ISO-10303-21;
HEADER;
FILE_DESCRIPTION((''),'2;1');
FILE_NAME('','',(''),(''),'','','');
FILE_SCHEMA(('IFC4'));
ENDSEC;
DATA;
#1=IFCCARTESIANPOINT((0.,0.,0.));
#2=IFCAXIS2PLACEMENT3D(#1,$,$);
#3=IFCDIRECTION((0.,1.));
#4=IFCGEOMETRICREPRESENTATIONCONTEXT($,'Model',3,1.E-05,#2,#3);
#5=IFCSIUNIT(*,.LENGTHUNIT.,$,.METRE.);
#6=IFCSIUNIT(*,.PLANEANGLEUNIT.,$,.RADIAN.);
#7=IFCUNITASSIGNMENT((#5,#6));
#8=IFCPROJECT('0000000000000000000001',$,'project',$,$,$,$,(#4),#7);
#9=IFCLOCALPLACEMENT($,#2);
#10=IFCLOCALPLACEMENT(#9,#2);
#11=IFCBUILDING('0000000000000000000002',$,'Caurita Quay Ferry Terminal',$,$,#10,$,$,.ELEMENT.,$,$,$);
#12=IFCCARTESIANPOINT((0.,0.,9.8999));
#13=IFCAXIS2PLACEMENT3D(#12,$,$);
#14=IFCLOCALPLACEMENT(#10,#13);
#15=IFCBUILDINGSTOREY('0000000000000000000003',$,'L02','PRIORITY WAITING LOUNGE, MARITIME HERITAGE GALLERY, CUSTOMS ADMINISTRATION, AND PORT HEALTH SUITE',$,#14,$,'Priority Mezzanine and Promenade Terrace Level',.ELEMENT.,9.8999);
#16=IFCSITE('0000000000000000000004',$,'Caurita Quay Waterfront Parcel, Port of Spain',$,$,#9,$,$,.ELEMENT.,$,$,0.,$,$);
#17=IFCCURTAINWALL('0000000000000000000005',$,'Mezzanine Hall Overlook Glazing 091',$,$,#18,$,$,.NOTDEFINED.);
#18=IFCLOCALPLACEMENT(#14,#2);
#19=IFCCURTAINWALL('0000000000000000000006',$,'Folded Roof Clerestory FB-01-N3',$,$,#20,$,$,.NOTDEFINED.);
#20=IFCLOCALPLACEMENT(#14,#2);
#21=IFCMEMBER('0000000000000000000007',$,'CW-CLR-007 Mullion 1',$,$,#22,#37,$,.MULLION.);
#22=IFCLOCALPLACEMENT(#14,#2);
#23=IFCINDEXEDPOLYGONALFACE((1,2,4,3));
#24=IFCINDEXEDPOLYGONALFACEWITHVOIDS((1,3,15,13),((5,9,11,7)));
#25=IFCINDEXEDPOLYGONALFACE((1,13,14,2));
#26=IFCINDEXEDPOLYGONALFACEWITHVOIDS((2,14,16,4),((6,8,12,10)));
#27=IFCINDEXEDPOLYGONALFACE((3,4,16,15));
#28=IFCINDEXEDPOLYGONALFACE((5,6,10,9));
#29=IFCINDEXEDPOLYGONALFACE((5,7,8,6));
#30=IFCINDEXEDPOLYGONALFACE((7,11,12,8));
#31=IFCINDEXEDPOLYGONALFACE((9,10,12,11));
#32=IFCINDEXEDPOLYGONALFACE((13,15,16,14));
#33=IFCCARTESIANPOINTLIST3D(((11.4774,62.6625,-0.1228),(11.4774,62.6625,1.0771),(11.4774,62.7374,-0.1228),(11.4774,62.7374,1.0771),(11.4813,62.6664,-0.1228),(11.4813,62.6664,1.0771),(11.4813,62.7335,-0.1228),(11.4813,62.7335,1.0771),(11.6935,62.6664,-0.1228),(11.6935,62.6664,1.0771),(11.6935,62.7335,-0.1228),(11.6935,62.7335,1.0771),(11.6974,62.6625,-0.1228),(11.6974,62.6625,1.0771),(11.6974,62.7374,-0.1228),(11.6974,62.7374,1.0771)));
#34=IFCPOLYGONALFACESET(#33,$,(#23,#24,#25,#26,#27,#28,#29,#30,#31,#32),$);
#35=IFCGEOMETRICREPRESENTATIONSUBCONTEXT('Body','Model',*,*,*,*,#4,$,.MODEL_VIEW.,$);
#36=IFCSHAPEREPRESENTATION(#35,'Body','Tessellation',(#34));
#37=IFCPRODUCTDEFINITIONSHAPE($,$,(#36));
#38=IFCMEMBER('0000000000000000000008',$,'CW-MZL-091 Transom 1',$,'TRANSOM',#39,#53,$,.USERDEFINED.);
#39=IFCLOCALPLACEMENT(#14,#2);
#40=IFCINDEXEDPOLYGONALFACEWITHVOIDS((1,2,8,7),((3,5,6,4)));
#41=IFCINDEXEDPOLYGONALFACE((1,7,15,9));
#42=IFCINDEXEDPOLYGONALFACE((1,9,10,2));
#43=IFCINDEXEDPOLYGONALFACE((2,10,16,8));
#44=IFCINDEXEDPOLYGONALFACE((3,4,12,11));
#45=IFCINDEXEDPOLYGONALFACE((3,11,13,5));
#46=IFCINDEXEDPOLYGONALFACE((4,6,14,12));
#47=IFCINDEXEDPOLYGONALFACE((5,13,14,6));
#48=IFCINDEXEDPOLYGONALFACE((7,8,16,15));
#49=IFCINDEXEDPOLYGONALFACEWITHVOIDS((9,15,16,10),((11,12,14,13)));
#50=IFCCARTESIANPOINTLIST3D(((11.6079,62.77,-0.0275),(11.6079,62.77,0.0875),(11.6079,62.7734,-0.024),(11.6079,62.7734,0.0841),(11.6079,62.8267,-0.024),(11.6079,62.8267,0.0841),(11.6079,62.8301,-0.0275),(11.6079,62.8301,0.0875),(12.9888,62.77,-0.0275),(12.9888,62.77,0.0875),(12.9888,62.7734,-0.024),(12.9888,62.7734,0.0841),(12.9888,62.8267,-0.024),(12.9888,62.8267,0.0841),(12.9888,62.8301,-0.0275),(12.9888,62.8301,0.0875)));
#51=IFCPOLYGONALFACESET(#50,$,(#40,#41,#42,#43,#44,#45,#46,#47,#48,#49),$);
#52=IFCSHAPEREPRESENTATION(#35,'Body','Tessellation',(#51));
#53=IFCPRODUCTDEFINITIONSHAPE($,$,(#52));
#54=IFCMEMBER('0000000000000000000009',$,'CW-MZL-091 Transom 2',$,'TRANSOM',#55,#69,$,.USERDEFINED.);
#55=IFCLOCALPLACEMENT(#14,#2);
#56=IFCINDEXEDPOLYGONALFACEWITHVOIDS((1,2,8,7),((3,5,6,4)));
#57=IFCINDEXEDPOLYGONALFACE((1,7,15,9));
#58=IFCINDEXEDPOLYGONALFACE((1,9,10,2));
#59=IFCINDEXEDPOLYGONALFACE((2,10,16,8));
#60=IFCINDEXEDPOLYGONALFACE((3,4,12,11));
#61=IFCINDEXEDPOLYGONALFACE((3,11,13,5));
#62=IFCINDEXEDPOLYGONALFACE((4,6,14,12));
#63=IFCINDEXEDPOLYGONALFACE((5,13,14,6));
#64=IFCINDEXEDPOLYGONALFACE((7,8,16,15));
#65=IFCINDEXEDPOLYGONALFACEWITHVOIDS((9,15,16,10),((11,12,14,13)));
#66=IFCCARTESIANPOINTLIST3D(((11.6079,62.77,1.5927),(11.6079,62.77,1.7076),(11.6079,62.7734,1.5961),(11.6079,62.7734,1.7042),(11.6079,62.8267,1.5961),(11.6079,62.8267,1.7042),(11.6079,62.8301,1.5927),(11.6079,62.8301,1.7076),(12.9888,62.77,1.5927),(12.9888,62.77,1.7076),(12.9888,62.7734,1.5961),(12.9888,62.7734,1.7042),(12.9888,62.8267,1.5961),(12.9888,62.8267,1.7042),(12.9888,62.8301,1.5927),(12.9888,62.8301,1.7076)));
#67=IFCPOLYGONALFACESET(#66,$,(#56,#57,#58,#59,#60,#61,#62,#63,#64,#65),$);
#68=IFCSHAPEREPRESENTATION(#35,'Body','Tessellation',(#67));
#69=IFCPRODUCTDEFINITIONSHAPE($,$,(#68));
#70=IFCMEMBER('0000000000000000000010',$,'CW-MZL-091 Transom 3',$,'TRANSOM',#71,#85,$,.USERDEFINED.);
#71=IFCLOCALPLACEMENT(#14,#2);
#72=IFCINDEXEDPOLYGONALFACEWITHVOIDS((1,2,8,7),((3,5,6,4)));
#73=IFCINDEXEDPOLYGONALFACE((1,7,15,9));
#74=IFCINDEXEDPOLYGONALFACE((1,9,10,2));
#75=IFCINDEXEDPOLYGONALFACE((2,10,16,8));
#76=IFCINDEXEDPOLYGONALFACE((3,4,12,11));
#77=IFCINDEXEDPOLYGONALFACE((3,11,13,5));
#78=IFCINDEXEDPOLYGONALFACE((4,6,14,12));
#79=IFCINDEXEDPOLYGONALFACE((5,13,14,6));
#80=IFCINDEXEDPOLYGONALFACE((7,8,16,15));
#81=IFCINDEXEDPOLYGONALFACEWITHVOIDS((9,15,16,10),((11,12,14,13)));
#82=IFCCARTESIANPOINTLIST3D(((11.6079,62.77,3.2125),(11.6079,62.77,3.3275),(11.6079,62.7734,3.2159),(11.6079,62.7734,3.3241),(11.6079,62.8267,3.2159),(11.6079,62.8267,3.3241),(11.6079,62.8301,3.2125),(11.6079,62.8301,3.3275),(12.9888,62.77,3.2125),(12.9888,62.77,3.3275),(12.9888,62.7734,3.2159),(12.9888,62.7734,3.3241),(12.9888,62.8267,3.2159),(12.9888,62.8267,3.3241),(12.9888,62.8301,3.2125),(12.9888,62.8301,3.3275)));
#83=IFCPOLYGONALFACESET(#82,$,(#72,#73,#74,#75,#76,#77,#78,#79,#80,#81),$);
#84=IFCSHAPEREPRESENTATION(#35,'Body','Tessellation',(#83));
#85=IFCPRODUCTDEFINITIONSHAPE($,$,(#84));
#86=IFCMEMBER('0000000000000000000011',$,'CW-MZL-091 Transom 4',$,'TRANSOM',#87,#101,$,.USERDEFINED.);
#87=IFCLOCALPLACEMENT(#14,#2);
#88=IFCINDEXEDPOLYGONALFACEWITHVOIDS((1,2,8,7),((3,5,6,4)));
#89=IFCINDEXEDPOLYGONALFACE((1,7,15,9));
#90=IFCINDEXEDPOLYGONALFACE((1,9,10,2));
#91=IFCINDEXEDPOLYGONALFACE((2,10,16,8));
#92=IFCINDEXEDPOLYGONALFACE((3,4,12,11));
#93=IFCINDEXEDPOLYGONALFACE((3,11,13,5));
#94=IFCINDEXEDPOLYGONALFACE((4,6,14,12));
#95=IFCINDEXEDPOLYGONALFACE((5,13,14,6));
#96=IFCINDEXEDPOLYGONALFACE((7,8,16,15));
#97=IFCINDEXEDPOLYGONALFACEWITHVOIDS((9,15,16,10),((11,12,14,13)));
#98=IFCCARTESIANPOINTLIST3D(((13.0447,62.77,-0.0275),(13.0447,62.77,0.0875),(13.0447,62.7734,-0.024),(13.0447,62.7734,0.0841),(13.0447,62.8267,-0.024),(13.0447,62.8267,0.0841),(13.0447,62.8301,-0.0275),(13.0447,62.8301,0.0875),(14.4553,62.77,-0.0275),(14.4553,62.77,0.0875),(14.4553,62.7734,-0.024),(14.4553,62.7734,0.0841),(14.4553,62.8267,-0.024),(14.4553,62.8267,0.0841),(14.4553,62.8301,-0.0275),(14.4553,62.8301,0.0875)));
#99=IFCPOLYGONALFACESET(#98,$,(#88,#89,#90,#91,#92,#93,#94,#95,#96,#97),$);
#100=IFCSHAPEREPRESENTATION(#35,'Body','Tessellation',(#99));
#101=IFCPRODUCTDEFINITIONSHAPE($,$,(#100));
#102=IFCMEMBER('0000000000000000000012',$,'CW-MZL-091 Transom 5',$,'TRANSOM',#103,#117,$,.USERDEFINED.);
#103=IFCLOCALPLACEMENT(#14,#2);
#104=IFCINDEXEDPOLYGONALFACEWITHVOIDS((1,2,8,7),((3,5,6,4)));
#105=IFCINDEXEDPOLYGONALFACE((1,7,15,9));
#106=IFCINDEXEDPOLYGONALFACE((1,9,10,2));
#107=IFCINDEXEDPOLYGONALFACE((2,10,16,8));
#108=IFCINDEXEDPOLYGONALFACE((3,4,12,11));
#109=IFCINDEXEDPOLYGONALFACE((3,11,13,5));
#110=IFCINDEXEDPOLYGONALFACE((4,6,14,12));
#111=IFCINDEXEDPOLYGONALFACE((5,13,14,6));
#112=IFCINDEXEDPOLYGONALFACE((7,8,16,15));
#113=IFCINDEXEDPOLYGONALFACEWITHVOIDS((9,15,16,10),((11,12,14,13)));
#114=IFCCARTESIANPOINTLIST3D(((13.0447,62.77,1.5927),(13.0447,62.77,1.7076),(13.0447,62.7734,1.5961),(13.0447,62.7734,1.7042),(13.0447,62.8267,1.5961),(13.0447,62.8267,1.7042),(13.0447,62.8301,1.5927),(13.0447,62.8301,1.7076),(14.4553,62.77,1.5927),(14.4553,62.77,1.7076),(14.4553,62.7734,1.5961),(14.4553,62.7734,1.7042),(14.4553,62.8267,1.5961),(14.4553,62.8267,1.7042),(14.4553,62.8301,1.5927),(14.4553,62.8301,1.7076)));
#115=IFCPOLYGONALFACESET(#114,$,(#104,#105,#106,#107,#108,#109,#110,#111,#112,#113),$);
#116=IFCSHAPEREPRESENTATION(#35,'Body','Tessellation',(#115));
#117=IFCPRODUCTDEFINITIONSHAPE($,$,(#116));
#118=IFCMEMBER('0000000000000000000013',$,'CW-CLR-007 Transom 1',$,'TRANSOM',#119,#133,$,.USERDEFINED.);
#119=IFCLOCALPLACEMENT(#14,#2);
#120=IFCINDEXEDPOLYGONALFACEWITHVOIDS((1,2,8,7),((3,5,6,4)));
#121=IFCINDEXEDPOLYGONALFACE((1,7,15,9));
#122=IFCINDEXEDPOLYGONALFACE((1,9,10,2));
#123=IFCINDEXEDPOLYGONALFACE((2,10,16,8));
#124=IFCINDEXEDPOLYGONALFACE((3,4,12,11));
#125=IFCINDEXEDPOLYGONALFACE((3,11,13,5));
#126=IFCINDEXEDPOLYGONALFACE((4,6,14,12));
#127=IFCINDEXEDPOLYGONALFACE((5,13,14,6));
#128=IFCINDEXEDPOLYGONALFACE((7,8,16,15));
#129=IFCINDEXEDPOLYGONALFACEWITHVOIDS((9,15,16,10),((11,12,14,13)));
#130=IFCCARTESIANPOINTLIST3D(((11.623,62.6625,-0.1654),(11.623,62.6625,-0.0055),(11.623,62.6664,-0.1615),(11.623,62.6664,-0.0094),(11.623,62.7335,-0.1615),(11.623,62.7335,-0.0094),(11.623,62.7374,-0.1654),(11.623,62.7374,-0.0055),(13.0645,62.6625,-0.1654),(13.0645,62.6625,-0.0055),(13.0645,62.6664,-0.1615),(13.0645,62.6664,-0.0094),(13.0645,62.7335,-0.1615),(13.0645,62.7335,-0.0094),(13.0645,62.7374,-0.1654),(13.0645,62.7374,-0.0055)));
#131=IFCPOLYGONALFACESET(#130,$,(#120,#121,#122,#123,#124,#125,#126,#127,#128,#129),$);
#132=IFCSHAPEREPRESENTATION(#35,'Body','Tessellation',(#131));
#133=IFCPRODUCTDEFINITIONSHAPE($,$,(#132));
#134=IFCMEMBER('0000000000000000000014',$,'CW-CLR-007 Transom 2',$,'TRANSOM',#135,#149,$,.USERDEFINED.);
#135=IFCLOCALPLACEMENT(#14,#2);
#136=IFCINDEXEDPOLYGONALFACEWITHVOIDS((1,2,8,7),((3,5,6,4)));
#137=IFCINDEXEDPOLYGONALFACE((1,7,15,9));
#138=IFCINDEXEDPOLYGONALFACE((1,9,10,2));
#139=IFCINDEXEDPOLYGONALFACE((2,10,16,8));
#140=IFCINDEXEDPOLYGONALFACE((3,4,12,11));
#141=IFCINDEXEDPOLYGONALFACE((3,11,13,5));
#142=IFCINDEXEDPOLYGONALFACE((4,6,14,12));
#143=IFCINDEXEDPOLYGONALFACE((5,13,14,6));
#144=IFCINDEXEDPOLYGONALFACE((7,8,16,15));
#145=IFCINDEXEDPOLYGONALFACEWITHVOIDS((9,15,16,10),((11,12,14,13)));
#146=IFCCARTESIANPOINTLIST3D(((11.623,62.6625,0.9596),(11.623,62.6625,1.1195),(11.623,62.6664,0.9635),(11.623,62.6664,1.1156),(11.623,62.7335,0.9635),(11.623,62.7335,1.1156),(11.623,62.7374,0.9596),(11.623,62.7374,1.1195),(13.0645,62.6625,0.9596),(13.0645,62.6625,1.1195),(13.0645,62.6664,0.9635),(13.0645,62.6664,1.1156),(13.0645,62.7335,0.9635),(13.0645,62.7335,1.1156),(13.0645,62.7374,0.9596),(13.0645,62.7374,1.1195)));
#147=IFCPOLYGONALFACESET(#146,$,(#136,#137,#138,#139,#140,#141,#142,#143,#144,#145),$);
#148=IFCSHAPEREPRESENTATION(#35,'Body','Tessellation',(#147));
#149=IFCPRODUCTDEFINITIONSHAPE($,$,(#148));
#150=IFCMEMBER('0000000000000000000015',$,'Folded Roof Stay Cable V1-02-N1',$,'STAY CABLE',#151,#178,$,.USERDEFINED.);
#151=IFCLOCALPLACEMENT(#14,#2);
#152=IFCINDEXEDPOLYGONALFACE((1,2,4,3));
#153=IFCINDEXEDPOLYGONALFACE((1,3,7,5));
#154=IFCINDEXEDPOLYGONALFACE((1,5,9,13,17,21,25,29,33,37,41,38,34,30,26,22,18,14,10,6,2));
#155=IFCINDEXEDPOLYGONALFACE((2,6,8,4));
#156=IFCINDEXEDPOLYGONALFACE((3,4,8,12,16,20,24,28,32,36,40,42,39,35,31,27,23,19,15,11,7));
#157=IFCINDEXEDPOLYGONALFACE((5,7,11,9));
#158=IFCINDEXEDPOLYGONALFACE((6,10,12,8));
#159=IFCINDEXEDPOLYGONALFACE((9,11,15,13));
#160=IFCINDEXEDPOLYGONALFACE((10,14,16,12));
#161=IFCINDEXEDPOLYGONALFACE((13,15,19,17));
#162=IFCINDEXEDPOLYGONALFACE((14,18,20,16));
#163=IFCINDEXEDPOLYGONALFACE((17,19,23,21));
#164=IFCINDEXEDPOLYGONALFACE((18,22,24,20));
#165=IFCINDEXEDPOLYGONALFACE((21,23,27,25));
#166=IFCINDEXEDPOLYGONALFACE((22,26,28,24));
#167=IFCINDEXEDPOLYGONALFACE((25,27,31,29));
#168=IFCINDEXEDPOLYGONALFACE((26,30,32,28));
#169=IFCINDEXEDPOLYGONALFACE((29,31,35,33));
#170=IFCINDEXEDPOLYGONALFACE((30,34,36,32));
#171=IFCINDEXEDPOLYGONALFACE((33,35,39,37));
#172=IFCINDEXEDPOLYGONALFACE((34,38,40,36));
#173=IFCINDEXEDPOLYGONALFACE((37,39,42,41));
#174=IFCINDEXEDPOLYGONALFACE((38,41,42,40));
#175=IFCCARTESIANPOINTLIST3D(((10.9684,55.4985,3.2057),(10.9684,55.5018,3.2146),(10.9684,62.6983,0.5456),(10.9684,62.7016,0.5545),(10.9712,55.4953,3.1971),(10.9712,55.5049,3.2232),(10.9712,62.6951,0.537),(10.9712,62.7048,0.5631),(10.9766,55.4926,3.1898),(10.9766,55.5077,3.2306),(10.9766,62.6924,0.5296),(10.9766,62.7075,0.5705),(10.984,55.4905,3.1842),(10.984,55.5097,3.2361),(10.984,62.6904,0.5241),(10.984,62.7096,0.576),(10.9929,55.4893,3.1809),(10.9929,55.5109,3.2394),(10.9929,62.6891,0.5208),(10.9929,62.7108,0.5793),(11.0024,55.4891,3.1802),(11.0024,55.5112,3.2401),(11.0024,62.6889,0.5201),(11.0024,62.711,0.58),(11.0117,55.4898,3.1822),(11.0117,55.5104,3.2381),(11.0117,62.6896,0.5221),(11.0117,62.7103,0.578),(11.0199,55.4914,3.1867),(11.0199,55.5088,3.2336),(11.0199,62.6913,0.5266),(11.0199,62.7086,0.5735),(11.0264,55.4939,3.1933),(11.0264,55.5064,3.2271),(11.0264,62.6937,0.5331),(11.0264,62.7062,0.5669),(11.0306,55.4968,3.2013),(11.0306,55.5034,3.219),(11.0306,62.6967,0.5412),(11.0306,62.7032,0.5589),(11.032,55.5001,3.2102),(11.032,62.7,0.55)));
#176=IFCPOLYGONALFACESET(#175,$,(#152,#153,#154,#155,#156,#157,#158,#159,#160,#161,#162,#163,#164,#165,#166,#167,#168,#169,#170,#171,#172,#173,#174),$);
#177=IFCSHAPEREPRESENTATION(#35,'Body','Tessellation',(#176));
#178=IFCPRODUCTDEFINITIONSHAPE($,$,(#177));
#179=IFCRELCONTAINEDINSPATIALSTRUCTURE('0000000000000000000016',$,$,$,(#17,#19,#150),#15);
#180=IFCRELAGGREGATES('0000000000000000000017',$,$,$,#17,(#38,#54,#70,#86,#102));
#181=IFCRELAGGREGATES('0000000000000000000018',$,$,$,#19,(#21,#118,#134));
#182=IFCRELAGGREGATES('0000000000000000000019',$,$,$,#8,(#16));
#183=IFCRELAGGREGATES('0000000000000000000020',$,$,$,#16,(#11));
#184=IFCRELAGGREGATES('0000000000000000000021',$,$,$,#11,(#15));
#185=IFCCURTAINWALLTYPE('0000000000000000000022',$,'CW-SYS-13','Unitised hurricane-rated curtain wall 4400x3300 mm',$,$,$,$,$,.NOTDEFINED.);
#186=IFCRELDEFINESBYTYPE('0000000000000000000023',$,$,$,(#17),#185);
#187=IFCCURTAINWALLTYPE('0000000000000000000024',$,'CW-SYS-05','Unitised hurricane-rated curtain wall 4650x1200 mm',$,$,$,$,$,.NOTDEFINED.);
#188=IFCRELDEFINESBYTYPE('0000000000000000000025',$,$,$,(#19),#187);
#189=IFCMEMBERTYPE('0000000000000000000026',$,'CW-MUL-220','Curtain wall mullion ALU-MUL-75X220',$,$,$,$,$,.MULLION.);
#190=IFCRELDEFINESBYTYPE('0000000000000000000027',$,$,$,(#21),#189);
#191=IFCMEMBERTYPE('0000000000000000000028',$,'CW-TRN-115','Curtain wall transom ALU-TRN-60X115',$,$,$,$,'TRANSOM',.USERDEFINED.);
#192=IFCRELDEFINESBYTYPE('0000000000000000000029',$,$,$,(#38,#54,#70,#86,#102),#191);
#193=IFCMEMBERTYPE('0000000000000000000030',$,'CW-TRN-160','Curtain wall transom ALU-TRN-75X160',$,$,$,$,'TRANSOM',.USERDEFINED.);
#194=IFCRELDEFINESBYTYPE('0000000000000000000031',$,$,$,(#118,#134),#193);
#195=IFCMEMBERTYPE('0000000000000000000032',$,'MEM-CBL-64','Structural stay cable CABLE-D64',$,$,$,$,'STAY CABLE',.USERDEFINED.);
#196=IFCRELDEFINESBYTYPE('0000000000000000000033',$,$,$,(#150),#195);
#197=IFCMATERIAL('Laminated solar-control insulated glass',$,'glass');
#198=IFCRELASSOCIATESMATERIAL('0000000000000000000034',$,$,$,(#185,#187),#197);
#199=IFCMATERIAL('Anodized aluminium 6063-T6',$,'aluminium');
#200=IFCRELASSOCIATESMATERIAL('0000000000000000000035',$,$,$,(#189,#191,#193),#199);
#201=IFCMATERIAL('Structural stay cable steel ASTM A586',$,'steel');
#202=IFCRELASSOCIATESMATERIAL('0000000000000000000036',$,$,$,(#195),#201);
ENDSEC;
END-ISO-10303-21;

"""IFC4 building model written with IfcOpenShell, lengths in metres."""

from ifc_helpers import new_model, si_unit, direction, frame, origin, origin_2d, place, context, subcontext, project, spatial, hollow_rectangle, circle, extrude, material, material_profile, profile_set, type_object, element, aggregate, save


model = new_model("IFC4")

# Units and contexts
model_context = context("Model", 3, precision=1e-05, world=origin(), true_north=direction((0.0, 1.0)))
body_context = subcontext(model_context, "Body", "Model", "MODEL_VIEW")
ifc_project = project(units=[si_unit("LENGTHUNIT", "METRE"), si_unit("PLANEANGLEUNIT", "RADIAN")], contexts=[model_context])

# Site, building, storey
site_placement = place(None, origin())
site = spatial("IfcSite", under=ifc_project, at=site_placement, Name="Caurita Quay Waterfront Parcel, Port of Spain", CompositionType="ELEMENT", RefElevation=0.0)
building_placement = place(site_placement, origin())
building = spatial("IfcBuilding", under=site, at=building_placement, Name="Caurita Quay Ferry Terminal", CompositionType="ELEMENT")
storey_placement = place(building_placement, frame((0.0, 0.0, 9.8999)))
storey = spatial("IfcBuildingStorey", under=building, at=storey_placement, Name="L02", Description="PRIORITY WAITING LOUNGE, MARITIME HERITAGE GALLERY, CUSTOMS ADMINISTRATION, AND PORT HEALTH SUITE", LongName="Priority Mezzanine and Promenade Terrace Level", CompositionType="ELEMENT", Elevation=9.8999)

# Shared definitions
ifc_material_1 = material(Name="Laminated solar-control insulated glass", Category="glass")
curtain_wall_type_1 = type_object("IfcCurtainWallType", Name="CW-SYS-13", Description="Unitised hurricane-rated curtain wall 4400x3300 mm", PredefinedType="NOTDEFINED", material=ifc_material_1)
ifc_material_2 = material(Name="Anodized aluminium 6063-T6", Category="aluminium")

# Curtain wall
curtain_wall_1_placement = place(storey_placement, origin())
curtain_wall_1 = element("IfcCurtainWall", 1, at=curtain_wall_1_placement, inside=storey, type_object=curtain_wall_type_1, Name="Mezzanine Hall Overlook Glazing 091", PredefinedType="NOTDEFINED")

# Curtain wall, member
curtain_wall_type_2 = type_object("IfcCurtainWallType", Name="CW-SYS-05", Description="Unitised hurricane-rated curtain wall 4650x1200 mm", PredefinedType="NOTDEFINED", material=ifc_material_1)
curtain_wall_2_placement = place(storey_placement, origin())
curtain_wall_2 = element("IfcCurtainWall", 2, at=curtain_wall_2_placement, inside=storey, type_object=curtain_wall_type_2, Name="Folded Roof Clerestory FB-01-N3", PredefinedType="NOTDEFINED")
ifc_material_profile_1 = material_profile(ifc_material_2, hollow_rectangle(XDim=0.075, YDim=0.22, WallThickness=0.0039, at=origin_2d()), Name="ALU-MUL-75X220")
ifc_profile_set_1 = profile_set([ifc_material_profile_1], Name="Anodized aluminium 6063-T6")
member_type_1 = type_object("IfcMemberType", Name="CW-MUL-220", Description="Curtain wall mullion ALU-MUL-75X220", PredefinedType="MULLION", material=ifc_profile_set_1)
member_1_placement = place(storey_placement, frame((11.5874, 62.7, -0.1228), z_axis=(0.0, 0.0, 1.0), x_axis=(0.0, 1.0, 0.0)))
member_1 = element("IfcMember", 3, at=member_1_placement, type_object=member_type_1, Name="CW-CLR-007 Mullion 1", PredefinedType="MULLION", context=body_context, shape_type="SweptSolid", body=[
    extrude(hollow_rectangle(XDim=0.075, YDim=0.22, WallThickness=0.0039, at=origin_2d()), origin(), (0.0, 0.0, 1.0), 1.2),
])

# Members
ifc_material_profile_2 = material_profile(ifc_material_2, hollow_rectangle(XDim=0.0601, YDim=0.115, WallThickness=0.0034, at=origin_2d()), Name="ALU-TRN-60X115")
ifc_profile_set_2 = profile_set([ifc_material_profile_2], Name="Anodized aluminium 6063-T6")
member_type_2 = type_object("IfcMemberType", Name="CW-TRN-115", Description="Curtain wall transom ALU-TRN-60X115", ElementType="TRANSOM", PredefinedType="USERDEFINED", material=ifc_profile_set_2)
member_2_placement = place(storey_placement, frame((11.6079, 62.8, 0.03), z_axis=(1.0, 0.0, 0.0), x_axis=(0.0, 1.0, 0.0)))
member_2 = element("IfcMember", 4, at=member_2_placement, type_object=member_type_2, Name="CW-MZL-091 Transom 1", ObjectType="TRANSOM", PredefinedType="USERDEFINED", context=body_context, shape_type="SweptSolid", body=[
    extrude(hollow_rectangle(XDim=0.0601, YDim=0.115, WallThickness=0.0034, at=origin_2d()), origin(), (0.0, 0.0, 1.0), 1.3809),
])
member_3_placement = place(storey_placement, frame((11.6079, 62.8, 1.6501), z_axis=(1.0, 0.0, 0.0), x_axis=(0.0, 1.0, 0.0)))
member_3 = element("IfcMember", 5, at=member_3_placement, type_object=member_type_2, Name="CW-MZL-091 Transom 2", ObjectType="TRANSOM", PredefinedType="USERDEFINED", context=body_context, shape_type="SweptSolid", body=[
    extrude(hollow_rectangle(XDim=0.0601, YDim=0.115, WallThickness=0.0034, at=origin_2d()), origin(), (0.0, 0.0, 1.0), 1.3809),
])
member_4_placement = place(storey_placement, frame((11.6079, 62.8, 3.27), z_axis=(1.0, 0.0, 0.0), x_axis=(0.0, 1.0, 0.0)))
member_4 = element("IfcMember", 6, at=member_4_placement, type_object=member_type_2, Name="CW-MZL-091 Transom 3", ObjectType="TRANSOM", PredefinedType="USERDEFINED", context=body_context, shape_type="SweptSolid", body=[
    extrude(hollow_rectangle(XDim=0.0601, YDim=0.115, WallThickness=0.0034, at=origin_2d()), origin(), (0.0, 0.0, 1.0), 1.3809),
])
member_5_placement = place(storey_placement, frame((13.0447, 62.8, 0.03), z_axis=(1.0, 0.0, 0.0), x_axis=(0.0, 1.0, 0.0)))
member_5 = element("IfcMember", 7, at=member_5_placement, type_object=member_type_2, Name="CW-MZL-091 Transom 4", ObjectType="TRANSOM", PredefinedType="USERDEFINED", context=body_context, shape_type="SweptSolid", body=[
    extrude(hollow_rectangle(XDim=0.0601, YDim=0.115, WallThickness=0.0034, at=origin_2d()), origin(), (0.0, 0.0, 1.0), 1.4106),
])
member_6_placement = place(storey_placement, frame((13.0447, 62.8, 1.6501), z_axis=(1.0, 0.0, 0.0), x_axis=(0.0, 1.0, 0.0)))
member_6 = element("IfcMember", 8, at=member_6_placement, type_object=member_type_2, Name="CW-MZL-091 Transom 5", ObjectType="TRANSOM", PredefinedType="USERDEFINED", context=body_context, shape_type="SweptSolid", body=[
    extrude(hollow_rectangle(XDim=0.0601, YDim=0.115, WallThickness=0.0034, at=origin_2d()), origin(), (0.0, 0.0, 1.0), 1.4106),
])
ifc_material_profile_3 = material_profile(ifc_material_2, hollow_rectangle(XDim=0.075, YDim=0.1599, WallThickness=0.0039, at=origin_2d()), Name="ALU-TRN-75X160")
ifc_profile_set_3 = profile_set([ifc_material_profile_3], Name="Anodized aluminium 6063-T6")
member_type_3 = type_object("IfcMemberType", Name="CW-TRN-160", Description="Curtain wall transom ALU-TRN-75X160", ElementType="TRANSOM", PredefinedType="USERDEFINED", material=ifc_profile_set_3)
member_7_placement = place(storey_placement, frame((11.623, 62.7, -0.0854), z_axis=(1.0, 0.0, 0.0), x_axis=(0.0, 1.0, 0.0)))
member_7 = element("IfcMember", 9, at=member_7_placement, type_object=member_type_3, Name="CW-CLR-007 Transom 1", ObjectType="TRANSOM", PredefinedType="USERDEFINED", context=body_context, shape_type="SweptSolid", body=[
    extrude(hollow_rectangle(XDim=0.075, YDim=0.1599, WallThickness=0.0039, at=origin_2d()), origin(), (0.0, 0.0, 1.0), 1.4414),
])
member_8_placement = place(storey_placement, frame((11.623, 62.7, 1.0396), z_axis=(1.0, 0.0, 0.0), x_axis=(0.0, 1.0, 0.0)))
member_8 = element("IfcMember", 10, at=member_8_placement, type_object=member_type_3, Name="CW-CLR-007 Transom 2", ObjectType="TRANSOM", PredefinedType="USERDEFINED", context=body_context, shape_type="SweptSolid", body=[
    extrude(hollow_rectangle(XDim=0.075, YDim=0.1599, WallThickness=0.0039, at=origin_2d()), origin(), (0.0, 0.0, 1.0), 1.4414),
])

# Member
ifc_material_3 = material(Name="Structural stay cable steel ASTM A586", Category="steel")
ifc_material_profile_4 = material_profile(ifc_material_3, circle(Radius=0.032, at=origin_2d()), Name="CABLE-D64")
ifc_profile_set_4 = profile_set([ifc_material_profile_4], Name="Structural stay cable steel ASTM A586")
member_type_4 = type_object("IfcMemberType", Name="MEM-CBL-64", Description="Structural stay cable CABLE-D64", ElementType="STAY CABLE", PredefinedType="USERDEFINED", material=ifc_profile_set_4)
member_9_placement = place(storey_placement, frame((11.0, 62.7, 0.55), z_axis=(0.0, -0.938024, 0.34657), x_axis=(1.0, 0.0, 0.0)))
element("IfcMember", 11, at=member_9_placement, inside=storey, type_object=member_type_4, Name="Folded Roof Stay Cable V1-02-N1", ObjectType="STAY CABLE", PredefinedType="USERDEFINED", context=body_context, shape_type="SweptSolid", body=[
    extrude(circle(Radius=0.032, at=origin_2d()), origin(), (0.0, 0.0, 1.0), 7.6755),
])

aggregate(curtain_wall_1, [member_2, member_3, member_4, member_5, member_6])
aggregate(curtain_wall_2, [member_1, member_7, member_8])

save(model, "model.ifc")
